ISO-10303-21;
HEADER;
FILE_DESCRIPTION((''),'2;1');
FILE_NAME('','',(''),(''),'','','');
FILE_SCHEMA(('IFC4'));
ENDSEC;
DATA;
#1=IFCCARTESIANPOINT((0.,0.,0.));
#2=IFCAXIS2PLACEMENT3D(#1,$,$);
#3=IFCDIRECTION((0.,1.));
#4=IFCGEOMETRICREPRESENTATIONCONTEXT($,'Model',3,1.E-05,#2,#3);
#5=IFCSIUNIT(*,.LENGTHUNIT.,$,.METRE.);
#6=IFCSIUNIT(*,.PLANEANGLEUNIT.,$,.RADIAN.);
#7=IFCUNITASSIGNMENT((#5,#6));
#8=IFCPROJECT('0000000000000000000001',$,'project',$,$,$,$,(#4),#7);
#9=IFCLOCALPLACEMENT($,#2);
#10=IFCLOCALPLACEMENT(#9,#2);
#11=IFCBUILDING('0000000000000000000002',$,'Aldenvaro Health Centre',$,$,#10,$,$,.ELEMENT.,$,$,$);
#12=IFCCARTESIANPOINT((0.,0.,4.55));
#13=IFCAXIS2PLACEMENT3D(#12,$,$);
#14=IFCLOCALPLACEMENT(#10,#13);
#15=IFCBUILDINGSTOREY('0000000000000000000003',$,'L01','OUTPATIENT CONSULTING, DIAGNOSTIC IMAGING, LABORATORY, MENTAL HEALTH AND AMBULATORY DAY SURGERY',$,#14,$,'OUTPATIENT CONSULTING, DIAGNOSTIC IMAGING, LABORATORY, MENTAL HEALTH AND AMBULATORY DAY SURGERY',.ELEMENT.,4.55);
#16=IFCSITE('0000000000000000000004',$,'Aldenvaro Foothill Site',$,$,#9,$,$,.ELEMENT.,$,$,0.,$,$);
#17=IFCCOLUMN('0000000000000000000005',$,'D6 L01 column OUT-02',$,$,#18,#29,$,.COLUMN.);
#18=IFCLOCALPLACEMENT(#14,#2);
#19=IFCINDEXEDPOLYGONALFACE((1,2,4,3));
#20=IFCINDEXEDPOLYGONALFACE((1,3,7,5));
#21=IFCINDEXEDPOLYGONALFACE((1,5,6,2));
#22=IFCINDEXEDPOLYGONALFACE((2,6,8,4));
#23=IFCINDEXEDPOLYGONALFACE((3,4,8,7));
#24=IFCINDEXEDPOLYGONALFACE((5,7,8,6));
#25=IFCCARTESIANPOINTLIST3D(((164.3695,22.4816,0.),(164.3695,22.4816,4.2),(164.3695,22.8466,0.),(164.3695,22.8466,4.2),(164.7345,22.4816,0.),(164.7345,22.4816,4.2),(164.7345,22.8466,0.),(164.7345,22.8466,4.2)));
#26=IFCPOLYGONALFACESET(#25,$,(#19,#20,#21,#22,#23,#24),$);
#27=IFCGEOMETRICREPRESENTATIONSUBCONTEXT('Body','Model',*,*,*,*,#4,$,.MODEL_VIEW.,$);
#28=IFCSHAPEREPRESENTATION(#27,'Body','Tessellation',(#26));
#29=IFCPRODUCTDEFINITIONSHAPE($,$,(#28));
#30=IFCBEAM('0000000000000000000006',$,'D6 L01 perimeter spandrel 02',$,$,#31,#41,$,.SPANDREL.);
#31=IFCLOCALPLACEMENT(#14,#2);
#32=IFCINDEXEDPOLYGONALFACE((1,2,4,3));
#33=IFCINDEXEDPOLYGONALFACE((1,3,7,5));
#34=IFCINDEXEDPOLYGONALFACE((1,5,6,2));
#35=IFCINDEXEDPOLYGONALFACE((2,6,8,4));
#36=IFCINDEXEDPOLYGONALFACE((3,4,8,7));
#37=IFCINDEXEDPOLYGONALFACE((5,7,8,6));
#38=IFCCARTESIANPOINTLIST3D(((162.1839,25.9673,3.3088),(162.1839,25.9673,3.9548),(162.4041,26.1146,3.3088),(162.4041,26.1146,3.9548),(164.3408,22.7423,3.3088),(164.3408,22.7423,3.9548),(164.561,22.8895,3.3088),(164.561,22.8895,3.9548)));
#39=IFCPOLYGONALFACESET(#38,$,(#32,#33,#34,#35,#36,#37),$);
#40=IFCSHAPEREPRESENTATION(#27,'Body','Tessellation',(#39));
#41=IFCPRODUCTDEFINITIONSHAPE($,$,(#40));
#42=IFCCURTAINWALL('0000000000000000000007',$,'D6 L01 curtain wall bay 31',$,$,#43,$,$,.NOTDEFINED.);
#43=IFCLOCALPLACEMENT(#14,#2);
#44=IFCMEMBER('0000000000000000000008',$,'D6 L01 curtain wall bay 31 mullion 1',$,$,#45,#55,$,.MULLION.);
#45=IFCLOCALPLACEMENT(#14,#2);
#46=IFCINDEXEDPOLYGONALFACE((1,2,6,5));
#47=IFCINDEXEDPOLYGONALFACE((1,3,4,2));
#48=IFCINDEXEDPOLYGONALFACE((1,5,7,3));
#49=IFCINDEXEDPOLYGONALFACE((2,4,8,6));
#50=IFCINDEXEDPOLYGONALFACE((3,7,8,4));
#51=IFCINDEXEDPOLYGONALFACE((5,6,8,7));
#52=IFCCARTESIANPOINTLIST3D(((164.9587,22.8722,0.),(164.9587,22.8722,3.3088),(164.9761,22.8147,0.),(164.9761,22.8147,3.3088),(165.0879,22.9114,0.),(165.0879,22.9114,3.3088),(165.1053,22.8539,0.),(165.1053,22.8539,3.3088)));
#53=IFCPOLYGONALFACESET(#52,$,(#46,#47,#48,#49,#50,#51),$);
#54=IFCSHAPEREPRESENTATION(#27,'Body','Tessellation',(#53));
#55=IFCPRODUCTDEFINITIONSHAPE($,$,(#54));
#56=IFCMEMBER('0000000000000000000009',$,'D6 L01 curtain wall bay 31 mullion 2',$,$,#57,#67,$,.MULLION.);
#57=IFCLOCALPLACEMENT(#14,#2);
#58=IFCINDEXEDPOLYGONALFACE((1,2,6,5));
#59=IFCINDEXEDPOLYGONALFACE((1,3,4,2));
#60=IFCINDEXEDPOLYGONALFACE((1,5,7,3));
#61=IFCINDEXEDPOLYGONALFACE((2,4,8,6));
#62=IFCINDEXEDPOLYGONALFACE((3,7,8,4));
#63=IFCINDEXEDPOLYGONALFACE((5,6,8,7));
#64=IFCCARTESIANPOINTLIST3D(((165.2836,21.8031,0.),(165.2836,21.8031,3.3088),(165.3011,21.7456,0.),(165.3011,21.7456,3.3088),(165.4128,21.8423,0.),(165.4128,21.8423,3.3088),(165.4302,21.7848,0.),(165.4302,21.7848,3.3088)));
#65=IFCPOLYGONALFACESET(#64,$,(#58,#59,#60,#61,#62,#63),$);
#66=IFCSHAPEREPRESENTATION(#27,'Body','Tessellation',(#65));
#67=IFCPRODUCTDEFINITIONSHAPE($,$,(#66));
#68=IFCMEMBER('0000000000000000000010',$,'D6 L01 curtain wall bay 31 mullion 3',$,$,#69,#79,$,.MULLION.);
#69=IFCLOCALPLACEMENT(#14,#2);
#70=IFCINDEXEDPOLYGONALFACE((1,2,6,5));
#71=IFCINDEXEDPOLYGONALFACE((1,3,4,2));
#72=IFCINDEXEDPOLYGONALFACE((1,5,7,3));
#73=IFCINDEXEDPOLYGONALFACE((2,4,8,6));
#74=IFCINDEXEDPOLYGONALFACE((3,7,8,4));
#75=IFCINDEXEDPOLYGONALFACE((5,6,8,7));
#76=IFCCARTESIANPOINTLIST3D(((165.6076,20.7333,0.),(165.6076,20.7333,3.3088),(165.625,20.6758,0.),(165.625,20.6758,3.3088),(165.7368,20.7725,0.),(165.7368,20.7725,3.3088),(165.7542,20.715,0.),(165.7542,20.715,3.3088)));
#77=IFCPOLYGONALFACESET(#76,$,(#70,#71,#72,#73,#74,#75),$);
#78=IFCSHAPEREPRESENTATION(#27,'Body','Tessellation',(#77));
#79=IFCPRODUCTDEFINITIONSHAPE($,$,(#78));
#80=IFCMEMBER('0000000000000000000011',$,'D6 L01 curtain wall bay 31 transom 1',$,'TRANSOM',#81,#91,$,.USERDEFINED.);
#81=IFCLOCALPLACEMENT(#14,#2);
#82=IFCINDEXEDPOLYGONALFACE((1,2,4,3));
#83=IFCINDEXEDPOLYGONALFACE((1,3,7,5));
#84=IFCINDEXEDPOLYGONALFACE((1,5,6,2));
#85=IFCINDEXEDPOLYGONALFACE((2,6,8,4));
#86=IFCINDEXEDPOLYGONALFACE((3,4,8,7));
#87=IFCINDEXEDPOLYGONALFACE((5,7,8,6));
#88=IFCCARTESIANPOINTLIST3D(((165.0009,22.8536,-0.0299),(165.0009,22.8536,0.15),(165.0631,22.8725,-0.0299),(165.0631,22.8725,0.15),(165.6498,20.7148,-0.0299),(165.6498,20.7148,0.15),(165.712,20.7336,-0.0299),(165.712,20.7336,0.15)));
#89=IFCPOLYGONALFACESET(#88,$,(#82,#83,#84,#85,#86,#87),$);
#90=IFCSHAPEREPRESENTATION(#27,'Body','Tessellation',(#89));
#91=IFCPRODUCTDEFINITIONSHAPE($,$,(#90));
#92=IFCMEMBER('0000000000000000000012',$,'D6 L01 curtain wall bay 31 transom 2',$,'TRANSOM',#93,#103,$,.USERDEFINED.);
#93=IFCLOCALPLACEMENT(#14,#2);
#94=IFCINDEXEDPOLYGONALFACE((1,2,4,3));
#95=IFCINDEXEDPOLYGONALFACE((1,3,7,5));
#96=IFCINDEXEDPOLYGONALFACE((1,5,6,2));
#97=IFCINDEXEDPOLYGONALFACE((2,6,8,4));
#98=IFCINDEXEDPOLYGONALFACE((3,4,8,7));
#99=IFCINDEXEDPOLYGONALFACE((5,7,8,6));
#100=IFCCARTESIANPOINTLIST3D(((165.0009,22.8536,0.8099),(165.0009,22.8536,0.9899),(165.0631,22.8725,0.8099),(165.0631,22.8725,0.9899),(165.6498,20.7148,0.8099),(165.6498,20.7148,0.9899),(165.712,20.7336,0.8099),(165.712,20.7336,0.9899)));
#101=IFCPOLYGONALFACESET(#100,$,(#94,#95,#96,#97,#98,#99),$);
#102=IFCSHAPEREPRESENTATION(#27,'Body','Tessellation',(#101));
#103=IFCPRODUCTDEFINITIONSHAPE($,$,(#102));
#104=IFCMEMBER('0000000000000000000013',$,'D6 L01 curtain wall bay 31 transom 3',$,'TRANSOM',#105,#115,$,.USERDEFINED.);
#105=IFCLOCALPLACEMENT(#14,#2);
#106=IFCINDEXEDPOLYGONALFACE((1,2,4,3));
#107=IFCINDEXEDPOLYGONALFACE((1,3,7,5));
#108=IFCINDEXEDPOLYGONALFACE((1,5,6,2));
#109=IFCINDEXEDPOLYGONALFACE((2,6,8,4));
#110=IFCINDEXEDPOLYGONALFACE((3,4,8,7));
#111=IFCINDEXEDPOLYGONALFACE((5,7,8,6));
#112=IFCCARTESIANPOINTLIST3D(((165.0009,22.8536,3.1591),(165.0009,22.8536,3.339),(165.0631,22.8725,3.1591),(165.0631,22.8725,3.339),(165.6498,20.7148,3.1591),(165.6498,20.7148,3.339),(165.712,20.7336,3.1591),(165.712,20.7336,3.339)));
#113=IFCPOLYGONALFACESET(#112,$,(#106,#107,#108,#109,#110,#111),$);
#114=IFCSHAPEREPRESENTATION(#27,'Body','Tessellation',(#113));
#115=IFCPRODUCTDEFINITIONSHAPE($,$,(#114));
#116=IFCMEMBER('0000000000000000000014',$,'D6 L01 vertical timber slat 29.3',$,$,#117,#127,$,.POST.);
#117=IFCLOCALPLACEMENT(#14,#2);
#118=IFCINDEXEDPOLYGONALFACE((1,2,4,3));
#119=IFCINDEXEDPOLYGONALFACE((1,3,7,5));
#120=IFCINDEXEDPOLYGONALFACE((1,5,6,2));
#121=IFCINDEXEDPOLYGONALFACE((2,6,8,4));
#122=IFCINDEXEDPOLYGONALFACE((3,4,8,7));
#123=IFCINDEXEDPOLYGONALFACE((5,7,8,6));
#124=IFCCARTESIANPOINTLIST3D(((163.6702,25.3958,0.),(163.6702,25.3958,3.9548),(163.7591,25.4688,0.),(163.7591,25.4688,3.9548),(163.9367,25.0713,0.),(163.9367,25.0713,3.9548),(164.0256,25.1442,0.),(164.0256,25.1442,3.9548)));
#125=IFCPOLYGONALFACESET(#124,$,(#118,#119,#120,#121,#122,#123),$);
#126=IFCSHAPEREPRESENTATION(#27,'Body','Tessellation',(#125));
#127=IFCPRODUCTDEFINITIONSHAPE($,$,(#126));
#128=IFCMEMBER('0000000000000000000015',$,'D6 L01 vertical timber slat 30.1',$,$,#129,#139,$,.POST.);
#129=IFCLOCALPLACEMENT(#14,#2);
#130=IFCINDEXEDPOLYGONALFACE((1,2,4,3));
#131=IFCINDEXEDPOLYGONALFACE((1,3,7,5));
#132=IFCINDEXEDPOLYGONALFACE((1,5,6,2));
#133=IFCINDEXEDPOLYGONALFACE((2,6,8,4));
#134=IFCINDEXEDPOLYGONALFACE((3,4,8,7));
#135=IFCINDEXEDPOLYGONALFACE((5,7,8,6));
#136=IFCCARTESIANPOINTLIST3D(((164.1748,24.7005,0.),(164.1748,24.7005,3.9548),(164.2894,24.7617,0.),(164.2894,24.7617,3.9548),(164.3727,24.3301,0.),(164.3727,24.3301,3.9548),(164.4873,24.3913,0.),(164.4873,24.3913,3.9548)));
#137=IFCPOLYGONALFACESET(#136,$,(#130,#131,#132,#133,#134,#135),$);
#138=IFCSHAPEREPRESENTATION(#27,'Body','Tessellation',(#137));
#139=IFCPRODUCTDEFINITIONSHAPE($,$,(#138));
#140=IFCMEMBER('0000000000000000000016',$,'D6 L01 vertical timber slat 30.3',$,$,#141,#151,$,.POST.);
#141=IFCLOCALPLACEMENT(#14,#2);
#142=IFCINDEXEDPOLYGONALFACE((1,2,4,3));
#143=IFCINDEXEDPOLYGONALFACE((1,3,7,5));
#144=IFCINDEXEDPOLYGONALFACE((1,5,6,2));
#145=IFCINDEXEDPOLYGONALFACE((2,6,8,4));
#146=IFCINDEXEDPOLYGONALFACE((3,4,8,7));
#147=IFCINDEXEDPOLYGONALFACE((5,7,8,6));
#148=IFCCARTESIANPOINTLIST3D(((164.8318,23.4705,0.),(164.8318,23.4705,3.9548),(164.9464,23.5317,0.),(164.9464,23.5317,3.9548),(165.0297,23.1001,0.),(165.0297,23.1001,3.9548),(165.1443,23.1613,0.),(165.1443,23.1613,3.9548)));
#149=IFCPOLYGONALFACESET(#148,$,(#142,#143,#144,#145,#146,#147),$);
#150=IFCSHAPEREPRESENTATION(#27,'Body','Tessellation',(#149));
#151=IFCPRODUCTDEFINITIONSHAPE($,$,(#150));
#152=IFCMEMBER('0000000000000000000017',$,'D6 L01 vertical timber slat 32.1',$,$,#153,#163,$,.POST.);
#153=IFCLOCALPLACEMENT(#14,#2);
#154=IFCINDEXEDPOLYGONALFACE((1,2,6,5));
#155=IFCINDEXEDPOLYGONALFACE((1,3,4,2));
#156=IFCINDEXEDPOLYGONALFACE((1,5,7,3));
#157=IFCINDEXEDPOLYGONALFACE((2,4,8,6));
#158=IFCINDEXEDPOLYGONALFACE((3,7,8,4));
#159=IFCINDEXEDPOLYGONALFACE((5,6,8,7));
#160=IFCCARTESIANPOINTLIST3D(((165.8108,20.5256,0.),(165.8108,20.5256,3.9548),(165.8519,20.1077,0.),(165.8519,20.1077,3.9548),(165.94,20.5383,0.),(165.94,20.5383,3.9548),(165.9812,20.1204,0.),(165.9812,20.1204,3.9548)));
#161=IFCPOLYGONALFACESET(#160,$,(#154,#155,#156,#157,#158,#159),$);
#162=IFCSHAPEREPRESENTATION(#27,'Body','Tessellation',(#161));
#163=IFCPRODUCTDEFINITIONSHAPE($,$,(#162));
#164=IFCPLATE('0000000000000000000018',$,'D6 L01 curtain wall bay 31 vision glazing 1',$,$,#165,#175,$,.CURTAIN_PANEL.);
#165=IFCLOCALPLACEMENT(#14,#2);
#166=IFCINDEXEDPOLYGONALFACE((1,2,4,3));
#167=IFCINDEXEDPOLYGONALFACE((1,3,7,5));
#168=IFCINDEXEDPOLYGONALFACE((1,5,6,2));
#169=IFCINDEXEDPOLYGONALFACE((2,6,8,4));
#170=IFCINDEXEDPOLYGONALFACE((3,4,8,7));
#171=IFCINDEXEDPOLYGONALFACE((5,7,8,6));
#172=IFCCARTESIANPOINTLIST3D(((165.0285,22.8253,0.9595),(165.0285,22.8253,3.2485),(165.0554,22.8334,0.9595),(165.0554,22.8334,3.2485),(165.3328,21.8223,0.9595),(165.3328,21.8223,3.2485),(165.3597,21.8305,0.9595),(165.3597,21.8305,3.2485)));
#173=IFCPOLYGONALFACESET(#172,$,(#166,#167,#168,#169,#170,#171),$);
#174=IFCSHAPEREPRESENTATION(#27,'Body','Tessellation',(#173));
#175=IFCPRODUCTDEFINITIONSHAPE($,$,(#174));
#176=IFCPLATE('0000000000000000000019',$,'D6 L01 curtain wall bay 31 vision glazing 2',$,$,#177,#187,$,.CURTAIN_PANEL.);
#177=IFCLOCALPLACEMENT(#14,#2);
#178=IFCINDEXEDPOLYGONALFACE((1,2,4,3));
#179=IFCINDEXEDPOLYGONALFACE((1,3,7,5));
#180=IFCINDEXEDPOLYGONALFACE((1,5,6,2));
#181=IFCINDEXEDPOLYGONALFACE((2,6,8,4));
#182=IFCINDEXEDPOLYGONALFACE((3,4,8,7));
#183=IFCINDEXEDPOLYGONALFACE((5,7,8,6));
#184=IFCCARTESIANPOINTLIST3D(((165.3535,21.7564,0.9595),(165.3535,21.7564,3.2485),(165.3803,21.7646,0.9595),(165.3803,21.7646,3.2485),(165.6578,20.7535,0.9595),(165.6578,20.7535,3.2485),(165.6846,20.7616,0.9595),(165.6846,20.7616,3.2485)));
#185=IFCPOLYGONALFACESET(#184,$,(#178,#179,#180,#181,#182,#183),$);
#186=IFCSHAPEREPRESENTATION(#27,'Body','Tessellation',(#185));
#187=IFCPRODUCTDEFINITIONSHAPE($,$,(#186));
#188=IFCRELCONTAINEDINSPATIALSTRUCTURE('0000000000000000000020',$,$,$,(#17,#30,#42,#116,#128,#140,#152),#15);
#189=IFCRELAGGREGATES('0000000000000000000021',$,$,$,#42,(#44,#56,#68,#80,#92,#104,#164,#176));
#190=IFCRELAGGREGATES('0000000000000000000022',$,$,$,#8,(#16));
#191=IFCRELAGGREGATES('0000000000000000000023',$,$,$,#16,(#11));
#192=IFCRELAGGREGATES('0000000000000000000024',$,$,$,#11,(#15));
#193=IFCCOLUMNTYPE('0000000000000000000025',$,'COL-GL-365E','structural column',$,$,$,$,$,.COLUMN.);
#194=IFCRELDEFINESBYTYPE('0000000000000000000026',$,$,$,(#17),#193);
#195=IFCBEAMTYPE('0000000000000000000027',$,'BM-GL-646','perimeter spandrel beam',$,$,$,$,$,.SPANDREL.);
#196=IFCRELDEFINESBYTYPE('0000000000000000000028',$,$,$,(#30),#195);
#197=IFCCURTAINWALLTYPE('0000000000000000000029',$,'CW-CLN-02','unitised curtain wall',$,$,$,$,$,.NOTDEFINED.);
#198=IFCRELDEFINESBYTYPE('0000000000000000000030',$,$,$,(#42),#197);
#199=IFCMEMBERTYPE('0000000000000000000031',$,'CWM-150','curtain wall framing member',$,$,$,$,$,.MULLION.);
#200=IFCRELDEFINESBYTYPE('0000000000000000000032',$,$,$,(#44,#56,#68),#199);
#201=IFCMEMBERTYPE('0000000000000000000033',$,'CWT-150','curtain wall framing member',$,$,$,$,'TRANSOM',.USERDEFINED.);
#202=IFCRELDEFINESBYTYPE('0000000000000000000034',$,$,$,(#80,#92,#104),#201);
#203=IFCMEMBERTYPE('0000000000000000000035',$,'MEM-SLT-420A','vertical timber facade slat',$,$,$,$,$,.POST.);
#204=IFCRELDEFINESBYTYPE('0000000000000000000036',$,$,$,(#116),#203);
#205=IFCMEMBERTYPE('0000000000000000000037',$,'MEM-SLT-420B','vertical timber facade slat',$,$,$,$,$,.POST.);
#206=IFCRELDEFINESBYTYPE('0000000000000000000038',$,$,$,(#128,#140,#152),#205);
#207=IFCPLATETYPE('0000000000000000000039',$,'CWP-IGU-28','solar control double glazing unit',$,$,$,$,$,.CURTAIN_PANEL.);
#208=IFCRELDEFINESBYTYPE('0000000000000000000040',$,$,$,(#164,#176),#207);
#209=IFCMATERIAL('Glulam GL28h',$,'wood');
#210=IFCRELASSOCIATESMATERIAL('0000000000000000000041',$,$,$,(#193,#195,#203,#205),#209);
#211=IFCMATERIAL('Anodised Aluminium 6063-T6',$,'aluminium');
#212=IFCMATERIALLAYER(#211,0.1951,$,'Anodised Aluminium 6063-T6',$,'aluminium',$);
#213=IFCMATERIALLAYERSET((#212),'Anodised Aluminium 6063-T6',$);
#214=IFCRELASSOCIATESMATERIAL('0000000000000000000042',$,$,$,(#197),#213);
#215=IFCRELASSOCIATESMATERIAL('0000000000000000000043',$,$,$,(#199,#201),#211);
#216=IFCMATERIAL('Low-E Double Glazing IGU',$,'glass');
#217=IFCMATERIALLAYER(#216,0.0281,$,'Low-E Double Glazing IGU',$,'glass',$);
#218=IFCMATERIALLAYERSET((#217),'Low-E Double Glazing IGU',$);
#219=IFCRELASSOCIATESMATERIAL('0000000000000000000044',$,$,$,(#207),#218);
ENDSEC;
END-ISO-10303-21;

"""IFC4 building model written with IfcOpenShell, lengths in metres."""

from ifc_helpers import new_model, si_unit, direction, frame, origin, origin_2d, place, context, subcontext, project, spatial, rectangle, extrude, material, layer, layer_set, material_profile, profile_set, type_object, element, aggregate, save


model = new_model("IFC4")

# Units and contexts
model_context = context("Model", 3, precision=1e-05, world=origin(), true_north=direction((0.0, 1.0)))
body_context = subcontext(model_context, "Body", "Model", "MODEL_VIEW")
ifc_project = project(units=[si_unit("LENGTHUNIT", "METRE"), si_unit("PLANEANGLEUNIT", "RADIAN")], contexts=[model_context])

# Site, building, storey
site_placement = place(None, origin())
site = spatial("IfcSite", under=ifc_project, at=site_placement, Name="Aldenvaro Foothill Site", CompositionType="ELEMENT", RefElevation=0.0)
building_placement = place(site_placement, origin())
building = spatial("IfcBuilding", under=site, at=building_placement, Name="Aldenvaro Health Centre", CompositionType="ELEMENT")
storey_placement = place(building_placement, frame((0.0, 0.0, 4.55)))
storey = spatial("IfcBuildingStorey", under=building, at=storey_placement, Name="L01", Description="OUTPATIENT CONSULTING, DIAGNOSTIC IMAGING, LABORATORY, MENTAL HEALTH AND AMBULATORY DAY SURGERY", LongName="OUTPATIENT CONSULTING, DIAGNOSTIC IMAGING, LABORATORY, MENTAL HEALTH AND AMBULATORY DAY SURGERY", CompositionType="ELEMENT", Elevation=4.55)

# Column
ifc_material_1 = material(Name="Glulam GL28h", Category="wood")
ifc_material_profile_1 = material_profile(ifc_material_1, rectangle(XDim=0.365, YDim=0.365, at=origin_2d()), Name="GL 365x365", Category="wood")
ifc_profile_set_1 = profile_set([ifc_material_profile_1], Name="Glulam GL28h")
column_type = type_object("IfcColumnType", Name="COL-GL-365E", Description="structural column", PredefinedType="COLUMN", material=ifc_profile_set_1)
column_placement = place(storey_placement, frame((164.552, 22.6641, 0.0), z_axis=(0.0, 0.0, 1.0), x_axis=(1.0, 0.0, 0.0)))
element("IfcColumn", 1, at=column_placement, inside=storey, type_object=column_type, Name="D6 L01 column OUT-02", PredefinedType="COLUMN", context=body_context, shape_type="SweptSolid", body=[
    extrude(rectangle(XDim=0.365, YDim=0.365, at=origin_2d()), origin(), (0.0, 0.0, 1.0), 4.2),
])

# Beam
ifc_material_profile_2 = material_profile(ifc_material_1, rectangle(XDim=0.2649, YDim=0.646, at=origin_2d()), Name="GL 265x646", Category="wood")
ifc_profile_set_2 = profile_set([ifc_material_profile_2], Name="Glulam GL28h")
beam_type = type_object("IfcBeamType", Name="BM-GL-646", Description="perimeter spandrel beam", PredefinedType="SPANDREL", material=ifc_profile_set_2)
beam_placement = place(storey_placement, frame((164.4509, 22.8159, 3.6318), z_axis=(-0.555934, 0.831227, 0.0), x_axis=(-0.831227, -0.555934, 0.0)))
element("IfcBeam", 2, at=beam_placement, inside=storey, type_object=beam_type, Name="D6 L01 perimeter spandrel 02", PredefinedType="SPANDREL", context=body_context, shape_type="SweptSolid", body=[
    extrude(rectangle(XDim=0.2649, YDim=0.646, at=origin_2d()), origin(), (0.0, 0.0, 1.0), 3.8799),
])

# Curtain wall, members
ifc_material_2 = material(Name="Anodised Aluminium 6063-T6", Category="aluminium")
ifc_layer_1 = layer(ifc_material_2, 0.1951, Name="Anodised Aluminium 6063-T6", Category="aluminium")
ifc_layer_set_1 = layer_set([ifc_layer_1], Name="Anodised Aluminium 6063-T6")
curtain_wall_type = type_object("IfcCurtainWallType", Name="CW-CLN-02", Description="unitised curtain wall", PredefinedType="NOTDEFINED", material=ifc_layer_set_1)
curtain_wall_placement = place(storey_placement, origin())
curtain_wall = element("IfcCurtainWall", 3, at=curtain_wall_placement, inside=storey, type_object=curtain_wall_type, Name="D6 L01 curtain wall bay 31", PredefinedType="NOTDEFINED")
ifc_material_profile_3 = material_profile(ifc_material_2, rectangle(XDim=0.0601, YDim=0.135, at=origin_2d()), Name="ALU 60x135", Category="aluminium")
ifc_profile_set_3 = profile_set([ifc_material_profile_3], Name="Anodised Aluminium 6063-T6")
member_type_1 = type_object("IfcMemberType", Name="CWM-150", Description="curtain wall framing member", PredefinedType="MULLION", material=ifc_profile_set_3)
member_1_placement = place(storey_placement, frame((165.032, 22.863, 0.0), z_axis=(0.0, 0.0, 1.0), x_axis=(0.290343, -0.956923, 0.0)))
member_1 = element("IfcMember", 4, at=member_1_placement, type_object=member_type_1, Name="D6 L01 curtain wall bay 31 mullion 1", PredefinedType="MULLION", context=body_context, shape_type="SweptSolid", body=[
    extrude(rectangle(XDim=0.0601, YDim=0.135, at=origin_2d()), origin(), (0.0, 0.0, 1.0), 3.3088),
])
member_2_placement = place(storey_placement, frame((165.3569, 21.7939, 0.0), z_axis=(0.0, 0.0, 1.0), x_axis=(0.290343, -0.956923, 0.0)))
member_2 = element("IfcMember", 5, at=member_2_placement, type_object=member_type_1, Name="D6 L01 curtain wall bay 31 mullion 2", PredefinedType="MULLION", context=body_context, shape_type="SweptSolid", body=[
    extrude(rectangle(XDim=0.0601, YDim=0.135, at=origin_2d()), origin(), (0.0, 0.0, 1.0), 3.3088),
])
member_3_placement = place(storey_placement, frame((165.6809, 20.7241, 0.0), z_axis=(0.0, 0.0, 1.0), x_axis=(0.290343, -0.956923, 0.0)))
member_3 = element("IfcMember", 6, at=member_3_placement, type_object=member_type_1, Name="D6 L01 curtain wall bay 31 mullion 3", PredefinedType="MULLION", context=body_context, shape_type="SweptSolid", body=[
    extrude(rectangle(XDim=0.0601, YDim=0.135, at=origin_2d()), origin(), (0.0, 0.0, 1.0), 3.3088),
])
ifc_material_profile_4 = material_profile(ifc_material_2, rectangle(XDim=0.0649, YDim=0.1799, at=origin_2d()), Name="ALU 65x180", Category="aluminium")
ifc_profile_set_4 = profile_set([ifc_material_profile_4], Name="Anodised Aluminium 6063-T6")
member_type_2 = type_object("IfcMemberType", Name="CWT-150", Description="curtain wall framing member", ElementType="TRANSOM", PredefinedType="USERDEFINED", material=ifc_profile_set_4)
member_4_placement = place(storey_placement, frame((165.032, 22.863, 0.0601), z_axis=(0.290323, -0.956929, 0.0), x_axis=(0.956929, 0.290323, 0.0)))
member_4 = element("IfcMember", 7, at=member_4_placement, type_object=member_type_2, Name="D6 L01 curtain wall bay 31 transom 1", ObjectType="TRANSOM", PredefinedType="USERDEFINED", context=body_context, shape_type="SweptSolid", body=[
    extrude(rectangle(XDim=0.0649, YDim=0.1799, at=origin_2d()), origin(), (0.0, 0.0, 1.0), 2.2351),
])
member_5_placement = place(storey_placement, frame((165.032, 22.863, 0.8999), z_axis=(0.290323, -0.956929, 0.0), x_axis=(0.956929, 0.290323, 0.0)))
member_5 = element("IfcMember", 8, at=member_5_placement, type_object=member_type_2, Name="D6 L01 curtain wall bay 31 transom 2", ObjectType="TRANSOM", PredefinedType="USERDEFINED", context=body_context, shape_type="SweptSolid", body=[
    extrude(rectangle(XDim=0.0649, YDim=0.1799, at=origin_2d()), origin(), (0.0, 0.0, 1.0), 2.2351),
])
member_6_placement = place(storey_placement, frame((165.032, 22.863, 3.249), z_axis=(0.290323, -0.956929, 0.0), x_axis=(0.956929, 0.290323, 0.0)))
member_6 = element("IfcMember", 9, at=member_6_placement, type_object=member_type_2, Name="D6 L01 curtain wall bay 31 transom 3", ObjectType="TRANSOM", PredefinedType="USERDEFINED", context=body_context, shape_type="SweptSolid", body=[
    extrude(rectangle(XDim=0.0649, YDim=0.1799, at=origin_2d()), origin(), (0.0, 0.0, 1.0), 2.2351),
])

# Members
ifc_material_profile_5 = material_profile(ifc_material_1, rectangle(XDim=0.115, YDim=0.4199, at=origin_2d()), Name="GL 115x420", Category="wood")
ifc_profile_set_5 = profile_set([ifc_material_profile_5], Name="Glulam GL28h")
member_type_3 = type_object("IfcMemberType", Name="MEM-SLT-420A", Description="vertical timber facade slat", PredefinedType="POST", material=ifc_profile_set_5)
member_7_placement = place(storey_placement, frame((163.8479, 25.27, 0.0), z_axis=(0.0, 0.0, 1.0), x_axis=(0.77286, 0.634577, 0.0)))
element("IfcMember", 10, at=member_7_placement, inside=storey, type_object=member_type_3, Name="D6 L01 vertical timber slat 29.3", PredefinedType="POST", context=body_context, shape_type="SweptSolid", body=[
    extrude(rectangle(XDim=0.115, YDim=0.4199, at=origin_2d()), origin(), (0.0, 0.0, 1.0), 3.9548),
])
ifc_material_profile_6 = material_profile(ifc_material_1, rectangle(XDim=0.1299, YDim=0.4199, at=origin_2d()), Name="GL 130x420", Category="wood")
ifc_profile_set_6 = profile_set([ifc_material_profile_6], Name="Glulam GL28h")
member_type_4 = type_object("IfcMemberType", Name="MEM-SLT-420B", Description="vertical timber facade slat", PredefinedType="POST", material=ifc_profile_set_6)
for number, where, z_axis, x_axis, name in (
    (11, (164.3311, 24.5459, 0.0), (0.0, 0.0, 1.0), (0.882018, 0.471215, 0.0), "D6 L01 vertical timber slat 30.1"),
    (12, (164.988, 23.3159, 0.0), (0.0, 0.0, 1.0), (0.882018, 0.471215, 0.0), "D6 L01 vertical timber slat 30.3"),
    (13, (165.896, 20.323, 0.0), (0.0, 0.0, 1.0), (0.995187, 0.097997, 0.0), "D6 L01 vertical timber slat 32.1"),
):
    element("IfcMember", number, at=place(storey_placement, frame(where, z_axis=z_axis, x_axis=x_axis)), inside=storey, type_object=member_type_4, Name=name, PredefinedType="POST", context=body_context, shape_type="SweptSolid", body=[
        extrude(rectangle(XDim=0.1299, YDim=0.4199, at=origin_2d()), origin(), (0.0, 0.0, 1.0), 3.9548),
    ])

# Plates
ifc_material_3 = material(Name="Low-E Double Glazing IGU", Category="glass")
ifc_layer_2 = layer(ifc_material_3, 0.0281, Name="Low-E Double Glazing IGU", Category="glass")
ifc_layer_set_2 = layer_set([ifc_layer_2], Name="Low-E Double Glazing IGU")
plate_type_1 = type_object("IfcPlateType", Name="CWP-IGU-28", Description="solar control double glazing unit", PredefinedType="CURTAIN_PANEL", material=ifc_layer_set_2)
plate_1_placement = place(storey_placement, frame((165.1941, 22.3279, 0.9595), z_axis=(0.0, 0.0, 1.0), x_axis=(0.290343, -0.956923, 0.0)))
plate_1 = element("IfcPlate", 14, at=plate_1_placement, type_object=plate_type_1, Name="D6 L01 curtain wall bay 31 vision glazing 1", PredefinedType="CURTAIN_PANEL", context=body_context, shape_type="SweptSolid", body=[
    extrude(rectangle(XDim=1.0481, YDim=0.0281, at=origin_2d()), origin(), (0.0, 0.0, 1.0), 2.2891),
])
plate_2_placement = place(storey_placement, frame((165.519, 21.259, 0.9595), z_axis=(0.0, 0.0, 1.0), x_axis=(0.290343, -0.956923, 0.0)))
plate_2 = element("IfcPlate", 15, at=plate_2_placement, type_object=plate_type_1, Name="D6 L01 curtain wall bay 31 vision glazing 2", PredefinedType="CURTAIN_PANEL", context=body_context, shape_type="SweptSolid", body=[
    extrude(rectangle(XDim=1.0481, YDim=0.0281, at=origin_2d()), origin(), (0.0, 0.0, 1.0), 2.2891),
])
aggregate(curtain_wall, [member_1, member_2, member_3, member_4, member_5, member_6, plate_1, plate_2])

save(model, "model.ifc")
